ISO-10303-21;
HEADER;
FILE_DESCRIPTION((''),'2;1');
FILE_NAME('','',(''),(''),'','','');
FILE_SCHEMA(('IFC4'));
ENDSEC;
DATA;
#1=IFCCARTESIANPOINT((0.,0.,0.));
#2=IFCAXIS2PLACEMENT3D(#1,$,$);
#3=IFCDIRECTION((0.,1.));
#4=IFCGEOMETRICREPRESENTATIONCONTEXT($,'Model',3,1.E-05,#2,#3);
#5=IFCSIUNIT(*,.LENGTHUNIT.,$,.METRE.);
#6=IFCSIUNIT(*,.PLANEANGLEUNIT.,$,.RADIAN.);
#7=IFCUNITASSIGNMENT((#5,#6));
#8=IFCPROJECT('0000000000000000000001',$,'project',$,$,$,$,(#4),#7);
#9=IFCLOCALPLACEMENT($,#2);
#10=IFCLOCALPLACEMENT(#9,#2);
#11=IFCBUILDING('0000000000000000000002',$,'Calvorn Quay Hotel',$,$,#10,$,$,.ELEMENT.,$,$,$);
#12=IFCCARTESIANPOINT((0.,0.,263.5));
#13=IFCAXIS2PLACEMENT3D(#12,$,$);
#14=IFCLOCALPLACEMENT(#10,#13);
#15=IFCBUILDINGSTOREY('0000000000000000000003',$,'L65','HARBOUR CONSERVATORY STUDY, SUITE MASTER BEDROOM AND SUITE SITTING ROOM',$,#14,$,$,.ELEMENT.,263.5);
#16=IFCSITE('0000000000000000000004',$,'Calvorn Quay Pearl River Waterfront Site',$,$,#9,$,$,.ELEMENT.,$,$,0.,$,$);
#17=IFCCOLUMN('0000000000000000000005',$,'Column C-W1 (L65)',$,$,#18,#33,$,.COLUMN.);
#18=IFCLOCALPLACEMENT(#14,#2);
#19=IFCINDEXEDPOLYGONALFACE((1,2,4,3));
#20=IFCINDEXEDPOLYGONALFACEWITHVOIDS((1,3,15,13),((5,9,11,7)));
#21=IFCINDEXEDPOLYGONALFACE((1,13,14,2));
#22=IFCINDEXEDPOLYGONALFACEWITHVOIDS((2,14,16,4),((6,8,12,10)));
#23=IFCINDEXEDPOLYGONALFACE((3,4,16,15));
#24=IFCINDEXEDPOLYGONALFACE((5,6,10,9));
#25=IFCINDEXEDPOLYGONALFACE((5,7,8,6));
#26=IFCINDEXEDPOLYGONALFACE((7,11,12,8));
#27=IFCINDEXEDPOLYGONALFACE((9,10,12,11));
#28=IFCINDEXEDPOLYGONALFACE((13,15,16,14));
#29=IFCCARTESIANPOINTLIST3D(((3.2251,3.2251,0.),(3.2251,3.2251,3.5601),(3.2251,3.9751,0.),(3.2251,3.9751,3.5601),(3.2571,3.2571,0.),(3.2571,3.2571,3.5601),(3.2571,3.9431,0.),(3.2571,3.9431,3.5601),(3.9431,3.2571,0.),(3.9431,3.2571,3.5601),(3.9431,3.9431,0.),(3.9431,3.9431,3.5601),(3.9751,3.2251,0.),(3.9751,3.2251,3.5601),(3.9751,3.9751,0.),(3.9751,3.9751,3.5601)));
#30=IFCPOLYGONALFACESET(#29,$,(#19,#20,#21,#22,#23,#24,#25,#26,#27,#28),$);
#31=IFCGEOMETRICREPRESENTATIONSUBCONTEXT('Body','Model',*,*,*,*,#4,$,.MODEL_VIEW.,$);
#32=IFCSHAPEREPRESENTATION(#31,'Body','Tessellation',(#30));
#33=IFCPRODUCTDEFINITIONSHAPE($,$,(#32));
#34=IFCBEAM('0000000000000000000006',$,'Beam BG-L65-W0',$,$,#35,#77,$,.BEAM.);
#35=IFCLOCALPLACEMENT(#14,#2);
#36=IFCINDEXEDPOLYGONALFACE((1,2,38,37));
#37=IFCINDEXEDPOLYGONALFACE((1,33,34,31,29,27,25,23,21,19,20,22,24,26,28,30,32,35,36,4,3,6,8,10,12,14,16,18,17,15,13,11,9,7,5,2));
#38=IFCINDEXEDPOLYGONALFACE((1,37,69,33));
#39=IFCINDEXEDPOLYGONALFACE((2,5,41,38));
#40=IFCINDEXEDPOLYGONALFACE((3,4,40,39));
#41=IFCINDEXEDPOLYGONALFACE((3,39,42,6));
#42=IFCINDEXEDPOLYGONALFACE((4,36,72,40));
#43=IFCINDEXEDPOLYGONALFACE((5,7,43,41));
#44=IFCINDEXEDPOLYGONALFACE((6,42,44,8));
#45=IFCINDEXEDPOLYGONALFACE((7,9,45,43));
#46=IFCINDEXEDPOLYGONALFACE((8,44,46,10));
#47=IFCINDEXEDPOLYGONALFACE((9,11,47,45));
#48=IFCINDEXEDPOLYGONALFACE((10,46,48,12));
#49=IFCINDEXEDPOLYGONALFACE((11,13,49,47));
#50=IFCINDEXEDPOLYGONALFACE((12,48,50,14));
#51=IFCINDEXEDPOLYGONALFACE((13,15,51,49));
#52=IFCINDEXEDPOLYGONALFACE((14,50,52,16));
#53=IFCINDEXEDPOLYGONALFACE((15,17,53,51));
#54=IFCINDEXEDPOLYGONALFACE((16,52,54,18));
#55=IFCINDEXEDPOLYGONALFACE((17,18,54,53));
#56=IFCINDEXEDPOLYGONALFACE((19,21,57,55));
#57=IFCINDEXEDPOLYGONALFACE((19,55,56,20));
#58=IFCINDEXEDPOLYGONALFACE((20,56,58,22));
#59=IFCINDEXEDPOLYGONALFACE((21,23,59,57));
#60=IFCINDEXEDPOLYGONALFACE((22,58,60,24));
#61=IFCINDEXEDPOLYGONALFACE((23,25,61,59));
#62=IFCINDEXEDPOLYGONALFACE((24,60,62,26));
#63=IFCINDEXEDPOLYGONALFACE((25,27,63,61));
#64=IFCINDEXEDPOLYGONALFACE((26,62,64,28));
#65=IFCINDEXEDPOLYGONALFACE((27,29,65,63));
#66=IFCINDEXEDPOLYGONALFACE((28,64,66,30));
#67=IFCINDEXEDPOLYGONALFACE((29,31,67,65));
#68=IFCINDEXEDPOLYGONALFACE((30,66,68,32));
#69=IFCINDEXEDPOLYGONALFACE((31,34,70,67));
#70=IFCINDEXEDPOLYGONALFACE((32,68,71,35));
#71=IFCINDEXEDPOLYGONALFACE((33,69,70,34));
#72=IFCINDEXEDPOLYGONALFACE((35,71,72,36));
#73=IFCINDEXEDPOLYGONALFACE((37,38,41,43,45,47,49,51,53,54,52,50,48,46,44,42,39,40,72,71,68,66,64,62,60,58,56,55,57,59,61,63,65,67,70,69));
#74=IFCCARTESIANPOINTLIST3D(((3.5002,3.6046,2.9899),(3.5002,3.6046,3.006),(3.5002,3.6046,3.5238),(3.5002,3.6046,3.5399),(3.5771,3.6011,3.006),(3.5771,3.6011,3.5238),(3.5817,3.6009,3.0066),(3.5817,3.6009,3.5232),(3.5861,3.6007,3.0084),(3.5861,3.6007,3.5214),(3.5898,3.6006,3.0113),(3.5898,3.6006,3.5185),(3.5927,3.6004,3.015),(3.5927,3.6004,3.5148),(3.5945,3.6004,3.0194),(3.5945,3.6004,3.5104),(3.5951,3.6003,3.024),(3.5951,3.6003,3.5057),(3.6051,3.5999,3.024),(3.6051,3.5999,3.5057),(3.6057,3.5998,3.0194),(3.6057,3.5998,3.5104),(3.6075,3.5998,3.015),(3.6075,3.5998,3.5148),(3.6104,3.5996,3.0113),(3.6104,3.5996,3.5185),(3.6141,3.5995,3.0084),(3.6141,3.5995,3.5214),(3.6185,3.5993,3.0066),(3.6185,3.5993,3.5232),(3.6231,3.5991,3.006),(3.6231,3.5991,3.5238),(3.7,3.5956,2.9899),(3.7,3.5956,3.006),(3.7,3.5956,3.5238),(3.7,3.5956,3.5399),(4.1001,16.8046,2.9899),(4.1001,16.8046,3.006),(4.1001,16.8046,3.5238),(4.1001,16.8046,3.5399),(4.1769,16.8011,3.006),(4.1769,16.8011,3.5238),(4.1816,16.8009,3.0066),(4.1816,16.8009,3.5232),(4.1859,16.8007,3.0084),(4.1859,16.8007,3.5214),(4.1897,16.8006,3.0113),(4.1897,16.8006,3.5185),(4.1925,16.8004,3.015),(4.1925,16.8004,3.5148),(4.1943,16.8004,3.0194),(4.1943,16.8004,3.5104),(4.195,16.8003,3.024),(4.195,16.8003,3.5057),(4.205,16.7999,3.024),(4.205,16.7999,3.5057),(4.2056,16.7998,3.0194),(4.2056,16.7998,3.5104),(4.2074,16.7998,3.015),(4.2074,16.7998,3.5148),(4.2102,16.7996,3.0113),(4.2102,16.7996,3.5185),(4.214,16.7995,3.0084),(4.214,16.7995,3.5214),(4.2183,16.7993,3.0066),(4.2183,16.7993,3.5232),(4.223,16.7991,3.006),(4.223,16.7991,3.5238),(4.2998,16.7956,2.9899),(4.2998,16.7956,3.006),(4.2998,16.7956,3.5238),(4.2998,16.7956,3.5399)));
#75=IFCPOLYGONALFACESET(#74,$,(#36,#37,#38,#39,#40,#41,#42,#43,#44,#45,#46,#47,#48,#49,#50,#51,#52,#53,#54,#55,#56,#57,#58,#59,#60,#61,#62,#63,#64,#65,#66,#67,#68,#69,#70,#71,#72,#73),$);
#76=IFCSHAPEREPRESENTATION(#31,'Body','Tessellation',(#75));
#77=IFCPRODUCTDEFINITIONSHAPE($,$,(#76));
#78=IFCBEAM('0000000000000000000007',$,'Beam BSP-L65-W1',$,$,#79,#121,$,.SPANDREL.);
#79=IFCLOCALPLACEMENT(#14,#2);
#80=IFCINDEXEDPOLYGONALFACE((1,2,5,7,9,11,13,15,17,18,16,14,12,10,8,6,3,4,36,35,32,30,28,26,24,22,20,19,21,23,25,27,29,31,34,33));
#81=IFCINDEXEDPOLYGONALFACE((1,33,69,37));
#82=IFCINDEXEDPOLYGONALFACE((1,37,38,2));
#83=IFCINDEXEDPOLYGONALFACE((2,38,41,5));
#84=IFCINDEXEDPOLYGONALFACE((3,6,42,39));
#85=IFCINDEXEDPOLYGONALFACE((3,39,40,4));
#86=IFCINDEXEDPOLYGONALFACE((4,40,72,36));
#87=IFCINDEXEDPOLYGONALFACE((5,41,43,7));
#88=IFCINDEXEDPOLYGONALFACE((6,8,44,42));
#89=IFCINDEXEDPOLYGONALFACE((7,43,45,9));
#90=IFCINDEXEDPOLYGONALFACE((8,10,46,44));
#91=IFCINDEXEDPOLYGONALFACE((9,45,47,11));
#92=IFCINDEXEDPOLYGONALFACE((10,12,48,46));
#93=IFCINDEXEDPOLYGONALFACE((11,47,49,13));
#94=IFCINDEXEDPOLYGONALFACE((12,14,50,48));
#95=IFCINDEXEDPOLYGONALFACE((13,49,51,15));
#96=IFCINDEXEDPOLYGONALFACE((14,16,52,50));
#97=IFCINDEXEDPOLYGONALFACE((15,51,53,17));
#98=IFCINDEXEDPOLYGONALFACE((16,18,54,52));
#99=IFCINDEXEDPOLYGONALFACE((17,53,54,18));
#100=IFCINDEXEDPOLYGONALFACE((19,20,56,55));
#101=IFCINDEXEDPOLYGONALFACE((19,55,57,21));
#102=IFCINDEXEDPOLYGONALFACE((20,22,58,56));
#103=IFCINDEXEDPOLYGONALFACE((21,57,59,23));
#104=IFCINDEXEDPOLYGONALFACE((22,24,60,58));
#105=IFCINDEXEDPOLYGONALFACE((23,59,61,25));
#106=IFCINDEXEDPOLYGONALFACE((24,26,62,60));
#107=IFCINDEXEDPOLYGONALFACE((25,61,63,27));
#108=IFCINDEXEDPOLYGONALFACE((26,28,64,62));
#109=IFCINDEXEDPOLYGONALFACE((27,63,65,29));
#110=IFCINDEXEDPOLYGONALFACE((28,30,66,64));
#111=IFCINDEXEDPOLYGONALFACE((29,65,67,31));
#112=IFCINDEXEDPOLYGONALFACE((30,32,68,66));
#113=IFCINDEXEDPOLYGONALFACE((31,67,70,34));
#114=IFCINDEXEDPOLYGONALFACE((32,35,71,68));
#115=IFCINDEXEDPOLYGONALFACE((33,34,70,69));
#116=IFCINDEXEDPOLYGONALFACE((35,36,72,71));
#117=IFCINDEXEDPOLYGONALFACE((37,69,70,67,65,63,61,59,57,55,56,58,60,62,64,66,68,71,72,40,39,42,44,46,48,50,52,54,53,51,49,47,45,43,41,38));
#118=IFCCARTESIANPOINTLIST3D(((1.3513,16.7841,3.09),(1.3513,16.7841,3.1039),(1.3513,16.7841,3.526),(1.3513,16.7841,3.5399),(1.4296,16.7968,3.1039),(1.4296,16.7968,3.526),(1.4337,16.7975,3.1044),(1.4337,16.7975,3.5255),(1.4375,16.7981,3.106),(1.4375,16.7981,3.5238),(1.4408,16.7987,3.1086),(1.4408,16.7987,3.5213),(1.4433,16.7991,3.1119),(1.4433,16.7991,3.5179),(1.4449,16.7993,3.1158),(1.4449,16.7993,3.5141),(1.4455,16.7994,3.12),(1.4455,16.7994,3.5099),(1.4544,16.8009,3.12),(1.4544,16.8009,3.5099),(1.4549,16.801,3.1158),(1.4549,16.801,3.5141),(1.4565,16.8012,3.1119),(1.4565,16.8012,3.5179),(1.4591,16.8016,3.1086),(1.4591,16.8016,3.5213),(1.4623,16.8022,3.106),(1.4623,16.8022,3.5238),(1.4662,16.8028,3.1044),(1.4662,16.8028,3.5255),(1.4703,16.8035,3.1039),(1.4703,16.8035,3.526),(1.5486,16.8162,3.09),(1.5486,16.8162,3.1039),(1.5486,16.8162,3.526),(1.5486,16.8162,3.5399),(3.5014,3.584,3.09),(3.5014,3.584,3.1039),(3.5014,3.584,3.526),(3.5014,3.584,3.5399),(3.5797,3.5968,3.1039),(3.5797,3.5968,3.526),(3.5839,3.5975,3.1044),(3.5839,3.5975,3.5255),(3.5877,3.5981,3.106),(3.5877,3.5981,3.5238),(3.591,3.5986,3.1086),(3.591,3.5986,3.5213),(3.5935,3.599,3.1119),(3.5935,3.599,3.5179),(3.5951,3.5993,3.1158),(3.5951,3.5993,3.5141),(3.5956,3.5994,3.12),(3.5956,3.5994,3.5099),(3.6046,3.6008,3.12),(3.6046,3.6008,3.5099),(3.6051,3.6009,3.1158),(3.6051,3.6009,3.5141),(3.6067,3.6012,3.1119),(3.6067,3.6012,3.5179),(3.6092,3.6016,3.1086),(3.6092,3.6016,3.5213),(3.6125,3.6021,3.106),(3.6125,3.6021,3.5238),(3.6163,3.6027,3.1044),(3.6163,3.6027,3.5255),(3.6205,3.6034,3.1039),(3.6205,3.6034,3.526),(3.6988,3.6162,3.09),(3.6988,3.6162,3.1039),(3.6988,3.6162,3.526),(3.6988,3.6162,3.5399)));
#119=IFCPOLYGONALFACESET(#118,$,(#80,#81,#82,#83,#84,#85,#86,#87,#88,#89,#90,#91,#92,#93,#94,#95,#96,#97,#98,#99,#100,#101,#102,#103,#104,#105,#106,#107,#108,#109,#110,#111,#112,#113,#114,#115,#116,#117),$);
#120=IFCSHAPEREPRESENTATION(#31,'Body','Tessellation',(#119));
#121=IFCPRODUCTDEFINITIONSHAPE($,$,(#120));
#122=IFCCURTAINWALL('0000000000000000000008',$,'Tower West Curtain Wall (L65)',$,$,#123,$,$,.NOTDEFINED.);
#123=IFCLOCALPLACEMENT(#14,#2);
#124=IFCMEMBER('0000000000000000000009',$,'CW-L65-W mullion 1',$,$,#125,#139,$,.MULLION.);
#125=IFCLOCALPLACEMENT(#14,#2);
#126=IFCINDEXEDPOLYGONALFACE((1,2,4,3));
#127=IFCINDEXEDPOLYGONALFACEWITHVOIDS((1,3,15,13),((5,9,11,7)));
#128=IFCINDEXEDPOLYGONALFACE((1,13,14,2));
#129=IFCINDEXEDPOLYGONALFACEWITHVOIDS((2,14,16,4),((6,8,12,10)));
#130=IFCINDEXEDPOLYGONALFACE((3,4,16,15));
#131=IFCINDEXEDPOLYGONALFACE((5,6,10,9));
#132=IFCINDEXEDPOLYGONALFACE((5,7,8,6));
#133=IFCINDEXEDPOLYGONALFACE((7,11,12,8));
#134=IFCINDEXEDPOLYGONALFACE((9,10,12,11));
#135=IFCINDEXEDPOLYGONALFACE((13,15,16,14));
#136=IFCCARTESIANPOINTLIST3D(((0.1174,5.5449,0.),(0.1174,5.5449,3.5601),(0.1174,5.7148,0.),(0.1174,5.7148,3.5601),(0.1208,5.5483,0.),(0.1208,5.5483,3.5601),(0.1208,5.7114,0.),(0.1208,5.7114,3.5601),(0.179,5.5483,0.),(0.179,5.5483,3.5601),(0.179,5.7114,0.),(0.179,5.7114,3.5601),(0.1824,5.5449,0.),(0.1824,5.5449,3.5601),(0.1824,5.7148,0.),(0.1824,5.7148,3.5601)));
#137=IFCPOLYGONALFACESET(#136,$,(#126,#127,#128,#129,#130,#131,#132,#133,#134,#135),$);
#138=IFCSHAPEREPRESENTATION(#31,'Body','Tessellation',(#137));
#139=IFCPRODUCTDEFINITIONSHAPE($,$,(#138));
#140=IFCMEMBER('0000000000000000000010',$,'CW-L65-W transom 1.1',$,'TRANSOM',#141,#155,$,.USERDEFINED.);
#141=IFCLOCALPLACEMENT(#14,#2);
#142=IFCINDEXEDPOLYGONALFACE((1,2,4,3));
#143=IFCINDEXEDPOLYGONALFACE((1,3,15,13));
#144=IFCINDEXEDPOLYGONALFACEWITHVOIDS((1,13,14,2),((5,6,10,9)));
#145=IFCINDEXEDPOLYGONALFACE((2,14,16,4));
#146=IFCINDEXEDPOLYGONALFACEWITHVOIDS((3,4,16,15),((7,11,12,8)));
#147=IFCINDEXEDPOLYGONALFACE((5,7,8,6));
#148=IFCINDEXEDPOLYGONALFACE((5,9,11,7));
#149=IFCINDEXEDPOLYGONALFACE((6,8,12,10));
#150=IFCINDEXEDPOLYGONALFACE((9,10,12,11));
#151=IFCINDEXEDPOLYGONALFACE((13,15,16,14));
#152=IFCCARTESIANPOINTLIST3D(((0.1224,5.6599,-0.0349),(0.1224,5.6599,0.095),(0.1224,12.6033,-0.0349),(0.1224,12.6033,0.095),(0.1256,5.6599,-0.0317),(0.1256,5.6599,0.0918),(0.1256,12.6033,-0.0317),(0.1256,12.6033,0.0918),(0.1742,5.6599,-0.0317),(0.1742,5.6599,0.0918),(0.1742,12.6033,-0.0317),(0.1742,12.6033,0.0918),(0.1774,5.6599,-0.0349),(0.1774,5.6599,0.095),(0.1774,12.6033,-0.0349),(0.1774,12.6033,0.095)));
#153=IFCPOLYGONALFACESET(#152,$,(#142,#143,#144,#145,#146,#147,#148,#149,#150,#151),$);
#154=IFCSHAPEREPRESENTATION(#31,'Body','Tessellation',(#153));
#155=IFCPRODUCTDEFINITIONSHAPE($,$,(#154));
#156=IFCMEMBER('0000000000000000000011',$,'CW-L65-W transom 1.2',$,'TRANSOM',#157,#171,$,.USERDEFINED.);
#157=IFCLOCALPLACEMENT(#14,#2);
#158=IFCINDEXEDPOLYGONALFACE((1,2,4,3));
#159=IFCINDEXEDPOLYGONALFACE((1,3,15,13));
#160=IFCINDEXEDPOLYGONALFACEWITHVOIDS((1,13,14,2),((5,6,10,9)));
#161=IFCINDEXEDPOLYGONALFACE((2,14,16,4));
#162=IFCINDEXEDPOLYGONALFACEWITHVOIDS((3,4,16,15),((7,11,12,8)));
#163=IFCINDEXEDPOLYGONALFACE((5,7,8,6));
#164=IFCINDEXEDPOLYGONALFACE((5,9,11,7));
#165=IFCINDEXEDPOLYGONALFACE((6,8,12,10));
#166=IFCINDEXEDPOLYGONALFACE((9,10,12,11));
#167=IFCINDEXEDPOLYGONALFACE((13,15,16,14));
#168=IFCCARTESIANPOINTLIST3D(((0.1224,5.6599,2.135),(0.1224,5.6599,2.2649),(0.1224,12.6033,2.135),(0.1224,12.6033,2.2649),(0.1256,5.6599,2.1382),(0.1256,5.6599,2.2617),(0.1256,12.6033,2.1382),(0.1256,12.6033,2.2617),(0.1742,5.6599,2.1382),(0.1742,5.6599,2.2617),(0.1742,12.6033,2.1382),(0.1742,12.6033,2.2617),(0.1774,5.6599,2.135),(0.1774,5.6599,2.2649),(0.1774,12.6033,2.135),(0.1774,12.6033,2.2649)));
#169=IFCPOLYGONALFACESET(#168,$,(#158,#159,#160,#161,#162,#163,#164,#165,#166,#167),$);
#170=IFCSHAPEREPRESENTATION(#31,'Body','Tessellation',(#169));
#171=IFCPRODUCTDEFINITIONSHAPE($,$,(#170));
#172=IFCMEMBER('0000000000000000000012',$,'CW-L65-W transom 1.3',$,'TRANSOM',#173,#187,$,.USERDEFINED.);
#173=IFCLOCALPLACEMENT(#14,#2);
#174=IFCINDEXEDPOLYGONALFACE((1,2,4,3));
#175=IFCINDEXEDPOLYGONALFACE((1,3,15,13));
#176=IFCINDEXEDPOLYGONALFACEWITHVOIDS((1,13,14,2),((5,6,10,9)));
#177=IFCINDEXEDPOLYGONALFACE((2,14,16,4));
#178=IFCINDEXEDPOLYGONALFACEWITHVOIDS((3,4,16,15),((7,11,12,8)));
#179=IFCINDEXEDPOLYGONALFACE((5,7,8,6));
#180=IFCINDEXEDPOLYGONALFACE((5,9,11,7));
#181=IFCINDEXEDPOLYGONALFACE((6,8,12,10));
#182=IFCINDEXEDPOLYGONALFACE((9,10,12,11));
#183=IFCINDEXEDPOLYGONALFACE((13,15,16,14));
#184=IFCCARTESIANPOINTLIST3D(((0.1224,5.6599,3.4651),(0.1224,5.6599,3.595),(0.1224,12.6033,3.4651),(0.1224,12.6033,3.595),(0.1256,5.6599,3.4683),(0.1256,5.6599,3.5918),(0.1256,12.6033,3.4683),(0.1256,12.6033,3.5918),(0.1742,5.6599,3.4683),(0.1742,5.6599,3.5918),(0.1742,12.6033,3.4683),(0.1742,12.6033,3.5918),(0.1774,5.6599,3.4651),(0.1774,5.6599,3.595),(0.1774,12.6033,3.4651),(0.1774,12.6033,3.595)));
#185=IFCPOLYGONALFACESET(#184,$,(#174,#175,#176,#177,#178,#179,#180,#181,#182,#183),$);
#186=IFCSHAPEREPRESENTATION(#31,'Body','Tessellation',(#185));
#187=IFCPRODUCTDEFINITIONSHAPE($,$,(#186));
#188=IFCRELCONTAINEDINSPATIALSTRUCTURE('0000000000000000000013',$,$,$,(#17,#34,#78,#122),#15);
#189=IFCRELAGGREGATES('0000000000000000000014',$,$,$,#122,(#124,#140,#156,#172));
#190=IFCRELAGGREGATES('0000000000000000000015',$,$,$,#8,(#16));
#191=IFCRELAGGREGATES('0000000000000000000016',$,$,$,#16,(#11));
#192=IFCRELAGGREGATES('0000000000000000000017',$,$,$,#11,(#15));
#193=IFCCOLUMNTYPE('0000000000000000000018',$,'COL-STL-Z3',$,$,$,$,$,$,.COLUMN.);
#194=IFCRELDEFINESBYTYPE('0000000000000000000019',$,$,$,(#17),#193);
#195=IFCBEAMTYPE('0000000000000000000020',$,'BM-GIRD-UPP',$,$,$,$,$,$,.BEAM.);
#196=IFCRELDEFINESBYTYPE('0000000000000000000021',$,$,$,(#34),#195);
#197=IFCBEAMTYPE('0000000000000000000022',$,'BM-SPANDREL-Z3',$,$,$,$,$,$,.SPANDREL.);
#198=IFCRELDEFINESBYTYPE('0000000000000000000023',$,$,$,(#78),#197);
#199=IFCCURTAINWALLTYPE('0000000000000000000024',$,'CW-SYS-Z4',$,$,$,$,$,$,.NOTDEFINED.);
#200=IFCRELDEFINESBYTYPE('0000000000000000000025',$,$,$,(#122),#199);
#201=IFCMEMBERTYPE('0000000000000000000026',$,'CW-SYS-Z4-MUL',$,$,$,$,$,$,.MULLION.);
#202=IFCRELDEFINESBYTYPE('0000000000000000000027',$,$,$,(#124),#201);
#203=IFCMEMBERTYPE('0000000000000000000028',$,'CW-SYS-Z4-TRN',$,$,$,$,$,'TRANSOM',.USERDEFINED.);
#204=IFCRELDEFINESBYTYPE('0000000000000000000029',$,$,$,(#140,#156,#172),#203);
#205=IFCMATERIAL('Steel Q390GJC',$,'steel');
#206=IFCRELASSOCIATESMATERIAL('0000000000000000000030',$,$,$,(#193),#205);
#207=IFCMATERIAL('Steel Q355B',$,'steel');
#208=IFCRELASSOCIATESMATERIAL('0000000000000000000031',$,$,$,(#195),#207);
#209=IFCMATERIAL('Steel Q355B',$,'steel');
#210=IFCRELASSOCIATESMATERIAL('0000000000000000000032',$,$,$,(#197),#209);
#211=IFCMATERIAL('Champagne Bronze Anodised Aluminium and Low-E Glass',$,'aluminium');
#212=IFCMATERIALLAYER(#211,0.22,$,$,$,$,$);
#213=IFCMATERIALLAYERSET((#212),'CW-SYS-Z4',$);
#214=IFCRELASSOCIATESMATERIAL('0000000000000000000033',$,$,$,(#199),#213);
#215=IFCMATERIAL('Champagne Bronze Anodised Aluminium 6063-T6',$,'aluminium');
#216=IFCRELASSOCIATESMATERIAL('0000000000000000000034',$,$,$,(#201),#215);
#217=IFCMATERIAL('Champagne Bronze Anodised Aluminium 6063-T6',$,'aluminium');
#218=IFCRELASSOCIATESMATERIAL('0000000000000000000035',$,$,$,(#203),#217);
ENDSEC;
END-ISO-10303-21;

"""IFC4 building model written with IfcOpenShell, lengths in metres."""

from ifc_helpers import new_model, si_unit, direction, frame, origin, origin_2d, place, context, subcontext, project, spatial, hollow_rectangle, i_section, extrude, material, layer, layer_set, material_profile, profile_set, type_object, element, aggregate, save


model = new_model("IFC4")

# Units and contexts
model_context = context("Model", 3, precision=1e-05, world=origin(), true_north=direction((0.0, 1.0)))
body_context = subcontext(model_context, "Body", "Model", "MODEL_VIEW")
ifc_project = project(units=[si_unit("LENGTHUNIT", "METRE"), si_unit("PLANEANGLEUNIT", "RADIAN")], contexts=[model_context])

# Site, building, storey
site_placement = place(None, origin())
site = spatial("IfcSite", under=ifc_project, at=site_placement, Name="Calvorn Quay Pearl River Waterfront Site", CompositionType="ELEMENT", RefElevation=0.0)
building_placement = place(site_placement, origin())
building = spatial("IfcBuilding", under=site, at=building_placement, Name="Calvorn Quay Hotel", CompositionType="ELEMENT")
storey_placement = place(building_placement, frame((0.0, 0.0, 263.5)))
storey = spatial("IfcBuildingStorey", under=building, at=storey_placement, Name="L65", Description="HARBOUR CONSERVATORY STUDY, SUITE MASTER BEDROOM AND SUITE SITTING ROOM", CompositionType="ELEMENT", Elevation=263.5)

# Column
ifc_material_1 = material(Name="Steel Q390GJC", Category="steel")
ifc_material_profile_1 = material_profile(ifc_material_1, hollow_rectangle(XDim=0.75, YDim=0.75, WallThickness=0.032, at=origin_2d()), Name="BOX750x750x32")
ifc_profile_set_1 = profile_set([ifc_material_profile_1], Name="Steel Q390GJC")
column_type = type_object("IfcColumnType", Name="COL-STL-Z3", PredefinedType="COLUMN", material=ifc_profile_set_1)
column_placement = place(storey_placement, frame((3.6001, 3.6001, 0.0), z_axis=(0.0, 0.0, 1.0), x_axis=(1.0, 0.0, 0.0)))
element("IfcColumn", 1, at=column_placement, inside=storey, type_object=column_type, Name="Column C-W1 (L65)", PredefinedType="COLUMN", context=body_context, shape_type="SweptSolid", body=[
    extrude(hollow_rectangle(XDim=0.75, YDim=0.75, WallThickness=0.032, at=origin_2d()), origin(), (0.0, 0.0, 1.0), 3.5601),
])

# Beams
ifc_material_2 = material(Name="Steel Q355B", Category="steel")
ifc_material_profile_2 = material_profile(ifc_material_2, i_section(OverallWidth=0.2, OverallDepth=0.55, WebThickness=0.01, FlangeThickness=0.0161, FilletRadius=0.0181, at=origin_2d()), Name="HN550x200x10x16")
ifc_profile_set_2 = profile_set([ifc_material_profile_2], Name="Steel Q355B")
beam_type_1 = type_object("IfcBeamType", Name="BM-GIRD-UPP", PredefinedType="BEAM", material=ifc_profile_set_2)
beam_1_placement = place(storey_placement, frame((3.6001, 3.6001, 3.2649), z_axis=(0.045397, 0.998969, 0.0), x_axis=(-0.998969, 0.045397, 0.0)))
element("IfcBeam", 2, at=beam_1_placement, inside=storey, type_object=beam_type_1, Name="Beam BG-L65-W0", PredefinedType="BEAM", context=body_context, shape_type="SweptSolid", body=[
    extrude(i_section(OverallWidth=0.2, OverallDepth=0.55, WebThickness=0.01, FlangeThickness=0.0161, FilletRadius=0.0181, at=origin_2d()), origin(), (0.0, 0.0, 1.0), 13.2136),
])
ifc_material_3 = material(Name="Steel Q355B", Category="steel")
ifc_material_profile_3 = material_profile(ifc_material_3, i_section(OverallWidth=0.2, OverallDepth=0.45, WebThickness=0.009, FlangeThickness=0.0139, FilletRadius=0.0161, at=origin_2d()), Name="HN450x200x9x14")
ifc_profile_set_3 = profile_set([ifc_material_profile_3], Name="Steel Q355B")
beam_type_2 = type_object("IfcBeamType", Name="BM-SPANDREL-Z3", PredefinedType="SPANDREL", material=ifc_profile_set_3)
beam_2_placement = place(storey_placement, frame((3.6001, 3.6001, 3.3149), z_axis=(-0.160772, 0.986992, 0.0), x_axis=(-0.986992, -0.160772, 0.0)))
element("IfcBeam", 3, at=beam_2_placement, inside=storey, type_object=beam_type_2, Name="Beam BSP-L65-W1", PredefinedType="SPANDREL", context=body_context, shape_type="SweptSolid", body=[
    extrude(i_section(OverallWidth=0.2, OverallDepth=0.45, WebThickness=0.009, FlangeThickness=0.0139, FilletRadius=0.0161, at=origin_2d()), origin(), (0.0, 0.0, 1.0), 13.374),
])

# Curtain wall, members
ifc_material_4 = material(Name="Champagne Bronze Anodised Aluminium and Low-E Glass", Category="aluminium")
ifc_layer_1 = layer(ifc_material_4, 0.22)
ifc_layer_set_1 = layer_set([ifc_layer_1], Name="CW-SYS-Z4")
curtain_wall_type = type_object("IfcCurtainWallType", Name="CW-SYS-Z4", PredefinedType="NOTDEFINED", material=ifc_layer_set_1)
curtain_wall_placement = place(storey_placement, origin())
curtain_wall = element("IfcCurtainWall", 4, at=curtain_wall_placement, inside=storey, type_object=curtain_wall_type, Name="Tower West Curtain Wall (L65)", PredefinedType="NOTDEFINED")
ifc_material_5 = material(Name="Champagne Bronze Anodised Aluminium 6063-T6", Category="aluminium")
ifc_material_profile_4 = material_profile(ifc_material_5, hollow_rectangle(XDim=0.0649, YDim=0.1699, WallThickness=0.0034, at=origin_2d()), Name="ALU-M170x65x3.5")
ifc_profile_set_4 = profile_set([ifc_material_profile_4], Name="Champagne Bronze Anodised Aluminium 6063-T6")
member_type_1 = type_object("IfcMemberType", Name="CW-SYS-Z4-MUL", PredefinedType="MULLION", material=ifc_profile_set_4)
member_1_placement = place(storey_placement, frame((0.1499, 5.6299, 0.0), z_axis=(0.0, 0.0, 1.0), x_axis=(-1.0, 0.0, 0.0)))
member_1 = element("IfcMember", 5, at=member_1_placement, type_object=member_type_1, Name="CW-L65-W mullion 1", PredefinedType="MULLION", context=body_context, shape_type="SweptSolid", body=[
    extrude(hollow_rectangle(XDim=0.0649, YDim=0.1699, WallThickness=0.0034, at=origin_2d()), origin(), (0.0, 0.0, 1.0), 3.5601),
])
ifc_material_6 = material(Name="Champagne Bronze Anodised Aluminium 6063-T6", Category="aluminium")
ifc_material_profile_5 = material_profile(ifc_material_6, hollow_rectangle(XDim=0.0549, YDim=0.1299, WallThickness=0.0032, at=origin_2d()), Name="ALU-T130x55x3.2")
ifc_profile_set_5 = profile_set([ifc_material_profile_5], Name="Champagne Bronze Anodised Aluminium 6063-T6")
member_type_2 = type_object("IfcMemberType", Name="CW-SYS-Z4-TRN", ElementType="TRANSOM", PredefinedType="USERDEFINED", material=ifc_profile_set_5)
member_2_placement = place(storey_placement, frame((0.1499, 5.6599, 0.03), z_axis=(0.0, 1.0, 0.0), x_axis=(-1.0, 0.0, 0.0)))
member_2 = element("IfcMember", 6, at=member_2_placement, type_object=member_type_2, Name="CW-L65-W transom 1.1", ObjectType="TRANSOM", PredefinedType="USERDEFINED", context=body_context, shape_type="SweptSolid", body=[
    extrude(hollow_rectangle(XDim=0.0549, YDim=0.1299, WallThickness=0.0032, at=origin_2d()), origin(), (0.0, 0.0, 1.0), 6.9434),
])
member_3_placement = place(storey_placement, frame((0.1499, 5.6599, 2.2), z_axis=(0.0, 1.0, 0.0), x_axis=(-1.0, 0.0, 0.0)))
member_3 = element("IfcMember", 7, at=member_3_placement, type_object=member_type_2, Name="CW-L65-W transom 1.2", ObjectType="TRANSOM", PredefinedType="USERDEFINED", context=body_context, shape_type="SweptSolid", body=[
    extrude(hollow_rectangle(XDim=0.0549, YDim=0.1299, WallThickness=0.0032, at=origin_2d()), origin(), (0.0, 0.0, 1.0), 6.9434),
])
member_4_placement = place(storey_placement, frame((0.1499, 5.6599, 3.53), z_axis=(0.0, 1.0, 0.0), x_axis=(-1.0, 0.0, 0.0)))
member_4 = element("IfcMember", 8, at=member_4_placement, type_object=member_type_2, Name="CW-L65-W transom 1.3", ObjectType="TRANSOM", PredefinedType="USERDEFINED", context=body_context, shape_type="SweptSolid", body=[
    extrude(hollow_rectangle(XDim=0.0549, YDim=0.1299, WallThickness=0.0032, at=origin_2d()), origin(), (0.0, 0.0, 1.0), 6.9434),
])
aggregate(curtain_wall, [member_1, member_2, member_3, member_4])

save(model, "model.ifc")
